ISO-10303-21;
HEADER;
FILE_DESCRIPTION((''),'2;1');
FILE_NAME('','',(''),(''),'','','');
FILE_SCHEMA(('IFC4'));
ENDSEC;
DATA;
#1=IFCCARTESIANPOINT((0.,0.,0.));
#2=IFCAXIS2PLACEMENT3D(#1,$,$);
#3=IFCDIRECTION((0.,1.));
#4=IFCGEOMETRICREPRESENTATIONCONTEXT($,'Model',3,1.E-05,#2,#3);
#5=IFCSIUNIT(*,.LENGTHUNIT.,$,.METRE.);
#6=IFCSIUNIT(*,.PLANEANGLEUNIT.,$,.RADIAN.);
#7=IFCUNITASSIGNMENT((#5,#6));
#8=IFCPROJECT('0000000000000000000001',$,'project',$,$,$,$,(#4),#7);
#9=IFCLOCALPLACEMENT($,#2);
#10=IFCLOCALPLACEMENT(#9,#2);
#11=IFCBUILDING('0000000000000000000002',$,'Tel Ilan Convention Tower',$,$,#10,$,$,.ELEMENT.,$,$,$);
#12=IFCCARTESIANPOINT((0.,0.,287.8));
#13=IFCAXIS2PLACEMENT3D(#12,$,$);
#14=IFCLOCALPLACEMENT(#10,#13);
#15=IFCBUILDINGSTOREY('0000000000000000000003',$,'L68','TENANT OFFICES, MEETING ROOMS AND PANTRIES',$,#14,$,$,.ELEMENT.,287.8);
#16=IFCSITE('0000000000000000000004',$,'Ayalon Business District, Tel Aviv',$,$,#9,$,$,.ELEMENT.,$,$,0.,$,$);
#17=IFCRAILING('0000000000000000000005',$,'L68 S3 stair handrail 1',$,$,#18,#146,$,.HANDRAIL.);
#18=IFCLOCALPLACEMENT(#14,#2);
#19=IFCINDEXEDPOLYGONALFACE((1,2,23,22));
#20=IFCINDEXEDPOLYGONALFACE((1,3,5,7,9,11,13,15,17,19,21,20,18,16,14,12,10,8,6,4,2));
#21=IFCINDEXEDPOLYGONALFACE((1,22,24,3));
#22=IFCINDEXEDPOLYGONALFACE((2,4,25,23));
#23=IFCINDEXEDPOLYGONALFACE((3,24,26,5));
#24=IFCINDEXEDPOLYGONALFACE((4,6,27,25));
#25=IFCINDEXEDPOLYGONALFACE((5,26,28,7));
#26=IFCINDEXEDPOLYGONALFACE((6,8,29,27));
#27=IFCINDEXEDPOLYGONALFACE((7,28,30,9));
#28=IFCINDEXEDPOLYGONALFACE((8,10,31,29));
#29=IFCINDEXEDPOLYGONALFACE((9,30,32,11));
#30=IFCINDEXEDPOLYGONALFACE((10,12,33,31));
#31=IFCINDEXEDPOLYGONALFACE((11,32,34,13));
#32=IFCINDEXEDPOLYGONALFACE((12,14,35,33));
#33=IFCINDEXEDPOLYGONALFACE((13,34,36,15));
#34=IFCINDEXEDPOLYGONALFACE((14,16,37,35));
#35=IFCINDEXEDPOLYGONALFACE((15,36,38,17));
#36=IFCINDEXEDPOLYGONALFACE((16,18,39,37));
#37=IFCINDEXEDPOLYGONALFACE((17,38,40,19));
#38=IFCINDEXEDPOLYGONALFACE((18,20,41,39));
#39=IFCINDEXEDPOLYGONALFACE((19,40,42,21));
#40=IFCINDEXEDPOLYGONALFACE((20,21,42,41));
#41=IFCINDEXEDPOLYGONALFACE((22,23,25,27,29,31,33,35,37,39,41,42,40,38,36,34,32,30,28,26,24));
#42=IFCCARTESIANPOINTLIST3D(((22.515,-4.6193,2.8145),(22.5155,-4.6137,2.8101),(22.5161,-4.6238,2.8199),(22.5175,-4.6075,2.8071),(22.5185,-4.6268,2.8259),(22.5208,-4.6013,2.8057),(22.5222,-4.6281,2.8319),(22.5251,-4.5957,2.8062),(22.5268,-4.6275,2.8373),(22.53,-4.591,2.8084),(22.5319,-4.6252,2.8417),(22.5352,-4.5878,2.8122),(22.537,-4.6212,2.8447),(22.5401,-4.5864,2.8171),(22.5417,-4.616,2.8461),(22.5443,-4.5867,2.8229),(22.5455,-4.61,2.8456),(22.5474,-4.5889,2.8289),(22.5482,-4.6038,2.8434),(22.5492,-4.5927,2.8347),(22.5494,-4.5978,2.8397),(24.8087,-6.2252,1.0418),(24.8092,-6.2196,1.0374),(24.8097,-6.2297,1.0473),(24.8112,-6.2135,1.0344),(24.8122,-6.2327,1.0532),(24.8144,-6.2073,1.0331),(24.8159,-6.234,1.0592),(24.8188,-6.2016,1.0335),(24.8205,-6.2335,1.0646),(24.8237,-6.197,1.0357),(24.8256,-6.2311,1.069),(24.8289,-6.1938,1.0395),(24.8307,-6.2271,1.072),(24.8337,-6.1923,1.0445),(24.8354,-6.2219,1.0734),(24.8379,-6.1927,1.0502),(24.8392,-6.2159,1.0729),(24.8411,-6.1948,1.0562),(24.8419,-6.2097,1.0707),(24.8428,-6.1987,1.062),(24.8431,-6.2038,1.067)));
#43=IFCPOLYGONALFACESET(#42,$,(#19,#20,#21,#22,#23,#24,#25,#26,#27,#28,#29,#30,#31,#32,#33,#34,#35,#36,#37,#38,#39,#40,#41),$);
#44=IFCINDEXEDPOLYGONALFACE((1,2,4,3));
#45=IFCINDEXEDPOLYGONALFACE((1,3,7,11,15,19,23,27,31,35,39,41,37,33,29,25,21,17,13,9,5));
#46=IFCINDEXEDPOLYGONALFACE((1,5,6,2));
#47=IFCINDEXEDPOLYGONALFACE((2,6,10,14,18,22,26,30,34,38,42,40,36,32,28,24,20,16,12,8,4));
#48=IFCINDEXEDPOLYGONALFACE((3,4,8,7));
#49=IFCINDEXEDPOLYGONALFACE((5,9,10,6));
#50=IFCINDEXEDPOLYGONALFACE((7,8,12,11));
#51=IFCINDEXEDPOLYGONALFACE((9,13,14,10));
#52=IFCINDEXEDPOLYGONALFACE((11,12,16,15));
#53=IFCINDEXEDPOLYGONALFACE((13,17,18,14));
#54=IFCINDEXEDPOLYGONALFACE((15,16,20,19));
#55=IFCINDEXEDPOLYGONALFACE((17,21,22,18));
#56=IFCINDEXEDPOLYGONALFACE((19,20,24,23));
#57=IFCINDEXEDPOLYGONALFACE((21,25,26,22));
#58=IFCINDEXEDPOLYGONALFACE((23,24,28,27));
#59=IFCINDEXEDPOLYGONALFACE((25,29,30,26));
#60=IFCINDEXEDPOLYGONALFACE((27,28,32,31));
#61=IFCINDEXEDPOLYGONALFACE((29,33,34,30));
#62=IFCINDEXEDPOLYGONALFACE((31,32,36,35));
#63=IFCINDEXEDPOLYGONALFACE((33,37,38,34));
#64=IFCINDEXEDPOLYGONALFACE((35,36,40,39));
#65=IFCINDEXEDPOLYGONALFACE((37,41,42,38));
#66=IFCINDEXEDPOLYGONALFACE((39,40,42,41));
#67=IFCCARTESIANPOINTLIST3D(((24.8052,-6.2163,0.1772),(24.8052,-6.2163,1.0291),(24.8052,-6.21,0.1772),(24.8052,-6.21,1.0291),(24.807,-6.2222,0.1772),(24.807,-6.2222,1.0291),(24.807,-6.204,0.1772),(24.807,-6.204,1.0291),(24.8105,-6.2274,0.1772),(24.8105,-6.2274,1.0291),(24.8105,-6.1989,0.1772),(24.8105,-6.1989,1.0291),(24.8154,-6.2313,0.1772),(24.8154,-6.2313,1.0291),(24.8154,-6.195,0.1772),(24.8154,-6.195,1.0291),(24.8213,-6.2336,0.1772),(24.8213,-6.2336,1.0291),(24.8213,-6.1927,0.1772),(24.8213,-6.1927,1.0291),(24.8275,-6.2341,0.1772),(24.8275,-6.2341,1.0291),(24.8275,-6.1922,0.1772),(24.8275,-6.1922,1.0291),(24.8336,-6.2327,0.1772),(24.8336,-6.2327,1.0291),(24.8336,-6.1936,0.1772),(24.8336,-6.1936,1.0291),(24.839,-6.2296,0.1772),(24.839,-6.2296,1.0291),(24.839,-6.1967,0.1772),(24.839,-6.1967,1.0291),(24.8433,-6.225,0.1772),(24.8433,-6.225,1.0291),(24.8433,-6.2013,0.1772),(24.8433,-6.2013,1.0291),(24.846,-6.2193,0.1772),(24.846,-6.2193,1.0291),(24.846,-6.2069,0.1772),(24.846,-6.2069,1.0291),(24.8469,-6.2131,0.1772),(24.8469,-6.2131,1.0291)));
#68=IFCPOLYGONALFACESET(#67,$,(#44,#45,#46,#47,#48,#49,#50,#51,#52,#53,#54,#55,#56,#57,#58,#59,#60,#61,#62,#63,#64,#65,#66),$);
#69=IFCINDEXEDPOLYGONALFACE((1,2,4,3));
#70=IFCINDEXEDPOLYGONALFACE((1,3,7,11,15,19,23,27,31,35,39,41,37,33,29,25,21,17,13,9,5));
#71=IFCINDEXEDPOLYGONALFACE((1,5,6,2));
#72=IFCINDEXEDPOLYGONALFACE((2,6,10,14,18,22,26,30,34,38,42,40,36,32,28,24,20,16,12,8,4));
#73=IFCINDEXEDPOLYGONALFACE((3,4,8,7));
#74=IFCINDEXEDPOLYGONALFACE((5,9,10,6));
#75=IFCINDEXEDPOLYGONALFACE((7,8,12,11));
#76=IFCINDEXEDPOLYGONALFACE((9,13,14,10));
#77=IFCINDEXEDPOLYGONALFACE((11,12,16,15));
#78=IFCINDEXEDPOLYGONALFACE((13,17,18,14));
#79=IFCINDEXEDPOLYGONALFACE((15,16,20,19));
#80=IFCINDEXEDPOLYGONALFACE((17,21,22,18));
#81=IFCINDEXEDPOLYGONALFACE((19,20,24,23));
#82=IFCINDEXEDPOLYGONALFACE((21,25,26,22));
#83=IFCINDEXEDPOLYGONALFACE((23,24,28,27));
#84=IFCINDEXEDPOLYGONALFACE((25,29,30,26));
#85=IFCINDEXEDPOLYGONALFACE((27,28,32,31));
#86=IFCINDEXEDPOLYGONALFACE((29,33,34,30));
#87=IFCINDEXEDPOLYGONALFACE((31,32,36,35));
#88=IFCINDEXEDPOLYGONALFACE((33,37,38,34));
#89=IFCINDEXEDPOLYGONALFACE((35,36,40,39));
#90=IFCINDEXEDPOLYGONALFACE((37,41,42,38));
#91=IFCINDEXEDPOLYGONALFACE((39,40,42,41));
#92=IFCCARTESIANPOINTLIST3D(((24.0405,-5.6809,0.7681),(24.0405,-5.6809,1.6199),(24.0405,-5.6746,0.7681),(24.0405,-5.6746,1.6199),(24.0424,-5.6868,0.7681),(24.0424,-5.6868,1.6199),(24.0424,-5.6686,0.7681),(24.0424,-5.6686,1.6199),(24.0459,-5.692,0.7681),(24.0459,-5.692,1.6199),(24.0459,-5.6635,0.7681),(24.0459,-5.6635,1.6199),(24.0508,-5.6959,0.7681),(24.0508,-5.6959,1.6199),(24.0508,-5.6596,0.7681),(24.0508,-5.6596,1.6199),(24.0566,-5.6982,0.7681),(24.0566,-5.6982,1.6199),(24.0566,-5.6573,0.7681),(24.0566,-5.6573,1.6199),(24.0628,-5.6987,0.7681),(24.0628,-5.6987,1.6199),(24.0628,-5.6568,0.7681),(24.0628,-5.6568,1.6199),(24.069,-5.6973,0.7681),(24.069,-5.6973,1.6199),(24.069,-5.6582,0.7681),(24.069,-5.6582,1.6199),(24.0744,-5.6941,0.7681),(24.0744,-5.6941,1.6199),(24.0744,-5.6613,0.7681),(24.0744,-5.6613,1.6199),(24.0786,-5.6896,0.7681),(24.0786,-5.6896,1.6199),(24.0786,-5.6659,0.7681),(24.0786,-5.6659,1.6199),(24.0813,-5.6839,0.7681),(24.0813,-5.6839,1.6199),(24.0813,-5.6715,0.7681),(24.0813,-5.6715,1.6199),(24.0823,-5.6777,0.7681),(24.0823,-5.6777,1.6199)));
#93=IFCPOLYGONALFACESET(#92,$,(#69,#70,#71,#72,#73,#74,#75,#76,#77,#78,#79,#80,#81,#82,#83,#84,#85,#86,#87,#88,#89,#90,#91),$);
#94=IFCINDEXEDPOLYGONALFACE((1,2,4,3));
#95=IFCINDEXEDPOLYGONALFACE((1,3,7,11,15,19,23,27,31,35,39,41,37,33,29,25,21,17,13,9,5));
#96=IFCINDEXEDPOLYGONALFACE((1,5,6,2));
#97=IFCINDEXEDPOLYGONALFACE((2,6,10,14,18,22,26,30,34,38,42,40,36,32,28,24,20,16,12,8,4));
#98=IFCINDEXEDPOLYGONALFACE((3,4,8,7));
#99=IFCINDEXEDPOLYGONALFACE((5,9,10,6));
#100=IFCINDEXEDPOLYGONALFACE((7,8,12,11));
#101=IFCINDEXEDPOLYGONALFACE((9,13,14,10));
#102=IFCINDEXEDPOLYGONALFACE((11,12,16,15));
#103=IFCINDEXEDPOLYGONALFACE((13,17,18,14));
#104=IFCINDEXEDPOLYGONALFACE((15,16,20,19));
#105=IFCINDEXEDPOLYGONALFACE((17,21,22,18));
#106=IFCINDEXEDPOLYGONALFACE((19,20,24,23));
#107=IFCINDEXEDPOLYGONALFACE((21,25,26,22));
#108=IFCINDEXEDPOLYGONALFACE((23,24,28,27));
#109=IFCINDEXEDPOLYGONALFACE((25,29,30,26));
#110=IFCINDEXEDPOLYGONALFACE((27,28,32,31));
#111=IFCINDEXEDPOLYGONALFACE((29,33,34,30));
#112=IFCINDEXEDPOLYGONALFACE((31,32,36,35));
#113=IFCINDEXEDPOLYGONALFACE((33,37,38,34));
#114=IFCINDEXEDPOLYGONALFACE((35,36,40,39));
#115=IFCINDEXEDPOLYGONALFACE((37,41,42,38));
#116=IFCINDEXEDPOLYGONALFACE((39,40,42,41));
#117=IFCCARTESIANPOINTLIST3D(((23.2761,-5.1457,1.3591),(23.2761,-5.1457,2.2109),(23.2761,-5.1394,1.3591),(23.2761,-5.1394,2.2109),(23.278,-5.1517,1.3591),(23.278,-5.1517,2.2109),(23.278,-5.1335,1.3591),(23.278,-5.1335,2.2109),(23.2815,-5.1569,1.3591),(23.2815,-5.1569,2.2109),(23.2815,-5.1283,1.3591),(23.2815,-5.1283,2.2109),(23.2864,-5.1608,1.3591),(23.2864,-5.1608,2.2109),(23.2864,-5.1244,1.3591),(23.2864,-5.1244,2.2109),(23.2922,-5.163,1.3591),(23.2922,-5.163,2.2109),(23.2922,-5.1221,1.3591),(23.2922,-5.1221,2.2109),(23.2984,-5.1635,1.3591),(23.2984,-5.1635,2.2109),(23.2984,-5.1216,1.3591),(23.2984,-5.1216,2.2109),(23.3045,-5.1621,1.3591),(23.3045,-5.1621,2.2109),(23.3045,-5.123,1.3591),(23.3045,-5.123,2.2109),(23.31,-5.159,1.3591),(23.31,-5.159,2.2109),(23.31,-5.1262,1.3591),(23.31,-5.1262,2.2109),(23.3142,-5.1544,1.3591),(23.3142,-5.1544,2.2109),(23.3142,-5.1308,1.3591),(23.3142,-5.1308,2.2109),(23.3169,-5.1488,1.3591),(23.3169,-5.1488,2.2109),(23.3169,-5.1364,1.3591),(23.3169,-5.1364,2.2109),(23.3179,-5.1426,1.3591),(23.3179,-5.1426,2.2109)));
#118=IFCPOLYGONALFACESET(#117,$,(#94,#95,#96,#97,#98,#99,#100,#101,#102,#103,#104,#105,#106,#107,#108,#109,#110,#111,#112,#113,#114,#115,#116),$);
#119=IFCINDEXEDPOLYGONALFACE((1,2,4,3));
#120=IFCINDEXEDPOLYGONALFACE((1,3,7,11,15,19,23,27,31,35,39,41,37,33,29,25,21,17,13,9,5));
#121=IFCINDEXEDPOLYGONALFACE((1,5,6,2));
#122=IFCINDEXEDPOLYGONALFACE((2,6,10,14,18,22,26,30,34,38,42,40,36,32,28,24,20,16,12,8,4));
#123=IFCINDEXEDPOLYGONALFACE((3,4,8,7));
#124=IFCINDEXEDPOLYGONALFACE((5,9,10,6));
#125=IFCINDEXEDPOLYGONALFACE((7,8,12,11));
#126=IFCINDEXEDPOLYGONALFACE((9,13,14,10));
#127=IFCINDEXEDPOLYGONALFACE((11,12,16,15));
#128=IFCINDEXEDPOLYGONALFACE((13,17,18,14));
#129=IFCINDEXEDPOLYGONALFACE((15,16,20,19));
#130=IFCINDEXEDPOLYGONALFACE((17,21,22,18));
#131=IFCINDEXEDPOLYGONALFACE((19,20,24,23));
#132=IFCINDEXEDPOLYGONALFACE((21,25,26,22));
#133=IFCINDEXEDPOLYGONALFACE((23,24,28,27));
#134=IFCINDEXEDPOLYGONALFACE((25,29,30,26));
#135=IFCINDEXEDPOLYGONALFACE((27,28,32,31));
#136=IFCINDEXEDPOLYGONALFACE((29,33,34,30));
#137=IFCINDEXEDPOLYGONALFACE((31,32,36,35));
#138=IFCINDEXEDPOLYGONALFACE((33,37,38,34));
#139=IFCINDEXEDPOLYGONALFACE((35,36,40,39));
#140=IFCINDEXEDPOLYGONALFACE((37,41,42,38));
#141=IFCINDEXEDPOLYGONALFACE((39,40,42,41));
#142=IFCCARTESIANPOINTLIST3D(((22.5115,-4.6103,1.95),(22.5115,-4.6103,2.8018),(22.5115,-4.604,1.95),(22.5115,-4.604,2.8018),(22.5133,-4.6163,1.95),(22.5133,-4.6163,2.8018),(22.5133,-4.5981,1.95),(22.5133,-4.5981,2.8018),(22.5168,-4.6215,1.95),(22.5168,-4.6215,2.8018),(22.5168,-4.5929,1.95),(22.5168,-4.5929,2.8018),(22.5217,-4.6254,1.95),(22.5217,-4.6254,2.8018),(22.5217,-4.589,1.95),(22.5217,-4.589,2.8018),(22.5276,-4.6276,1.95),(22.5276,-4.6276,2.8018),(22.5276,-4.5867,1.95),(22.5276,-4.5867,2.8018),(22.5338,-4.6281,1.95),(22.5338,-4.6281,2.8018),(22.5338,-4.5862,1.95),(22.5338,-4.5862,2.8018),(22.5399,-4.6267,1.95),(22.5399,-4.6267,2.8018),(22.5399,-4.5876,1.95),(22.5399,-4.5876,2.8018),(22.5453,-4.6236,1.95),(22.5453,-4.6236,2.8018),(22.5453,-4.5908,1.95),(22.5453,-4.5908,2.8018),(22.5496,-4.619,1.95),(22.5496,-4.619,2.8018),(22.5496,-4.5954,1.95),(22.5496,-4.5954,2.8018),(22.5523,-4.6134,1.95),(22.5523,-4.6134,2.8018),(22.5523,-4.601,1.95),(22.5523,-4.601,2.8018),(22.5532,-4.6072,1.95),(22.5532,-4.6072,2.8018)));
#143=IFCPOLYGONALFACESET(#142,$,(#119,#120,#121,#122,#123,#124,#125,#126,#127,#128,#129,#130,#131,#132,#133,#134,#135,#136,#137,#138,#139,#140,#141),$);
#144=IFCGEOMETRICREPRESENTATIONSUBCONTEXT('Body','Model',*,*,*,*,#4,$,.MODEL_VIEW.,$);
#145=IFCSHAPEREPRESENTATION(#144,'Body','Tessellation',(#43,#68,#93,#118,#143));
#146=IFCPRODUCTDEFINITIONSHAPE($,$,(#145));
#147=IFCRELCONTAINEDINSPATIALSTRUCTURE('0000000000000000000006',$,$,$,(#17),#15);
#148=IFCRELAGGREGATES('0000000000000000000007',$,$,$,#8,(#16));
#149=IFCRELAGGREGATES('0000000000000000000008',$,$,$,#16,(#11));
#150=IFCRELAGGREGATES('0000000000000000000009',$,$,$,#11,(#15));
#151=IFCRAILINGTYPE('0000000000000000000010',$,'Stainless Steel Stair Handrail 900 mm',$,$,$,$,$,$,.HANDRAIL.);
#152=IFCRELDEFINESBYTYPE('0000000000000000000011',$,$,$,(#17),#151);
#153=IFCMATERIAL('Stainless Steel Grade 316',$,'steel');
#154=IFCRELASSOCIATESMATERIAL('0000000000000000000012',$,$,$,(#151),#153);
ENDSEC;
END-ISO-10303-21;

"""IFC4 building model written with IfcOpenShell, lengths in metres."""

from ifc_helpers import new_model, si_unit, direction, frame, origin, origin_2d, place, context, subcontext, project, spatial, circle, extrude, material, type_object, element, save


model = new_model("IFC4")

# Units and contexts
model_context = context("Model", 3, precision=1e-05, world=origin(), true_north=direction((0.0, 1.0)))
body_context = subcontext(model_context, "Body", "Model", "MODEL_VIEW")
ifc_project = project(units=[si_unit("LENGTHUNIT", "METRE"), si_unit("PLANEANGLEUNIT", "RADIAN")], contexts=[model_context])

# Site, building, storey
site_placement = place(None, origin())
site = spatial("IfcSite", under=ifc_project, at=site_placement, Name="Ayalon Business District, Tel Aviv", CompositionType="ELEMENT", RefElevation=0.0)
building_placement = place(site_placement, origin())
building = spatial("IfcBuilding", under=site, at=building_placement, Name="Tel Ilan Convention Tower", CompositionType="ELEMENT")
storey_placement = place(building_placement, frame((0.0, 0.0, 287.8)))
storey = spatial("IfcBuildingStorey", under=building, at=storey_placement, Name="L68", Description="TENANT OFFICES, MEETING ROOMS AND PANTRIES", CompositionType="ELEMENT", Elevation=287.8)

# Railing
ifc_material_1 = material(Name="Stainless Steel Grade 316", Category="steel")
railing_type_1 = type_object("IfcRailingType", Name="Stainless Steel Stair Handrail 900 mm", PredefinedType="HANDRAIL", material=ifc_material_1)
railing_1_placement = place(storey_placement, frame((24.8259, -6.2131, 0.1772)))
element("IfcRailing", 1, at=railing_1_placement, inside=storey, type_object=railing_type_1, Name="L68 S3 stair handrail 1", PredefinedType="HANDRAIL", context=body_context, shape_type="SweptSolid", body=[
    extrude(circle(Radius=0.0239, at=origin_2d()), frame((0.0, 0.0, 0.876), z_axis=(-0.692123, 0.484597, 0.534913), x_axis=(-0.57355, -0.81917, 0.0)), (0.0, 0.0, 1.0), 3.314),
    extrude(circle(Radius=0.021, at=origin_2d()), origin(), (0.0, 0.0, 1.0), 0.8518),
    extrude(circle(Radius=0.021, at=origin_2d()), frame((-0.7646, 0.5354, 0.5908)), (0.0, 0.0, 1.0), 0.8518),
    extrude(circle(Radius=0.021, at=origin_2d()), frame((-1.5291, 1.0706, 1.1819)), (0.0, 0.0, 1.0), 0.8518),
    extrude(circle(Radius=0.021, at=origin_2d()), frame((-2.2937, 1.606, 1.7727)), (0.0, 0.0, 1.0), 0.8518),
])

save(model, "model.ifc")
